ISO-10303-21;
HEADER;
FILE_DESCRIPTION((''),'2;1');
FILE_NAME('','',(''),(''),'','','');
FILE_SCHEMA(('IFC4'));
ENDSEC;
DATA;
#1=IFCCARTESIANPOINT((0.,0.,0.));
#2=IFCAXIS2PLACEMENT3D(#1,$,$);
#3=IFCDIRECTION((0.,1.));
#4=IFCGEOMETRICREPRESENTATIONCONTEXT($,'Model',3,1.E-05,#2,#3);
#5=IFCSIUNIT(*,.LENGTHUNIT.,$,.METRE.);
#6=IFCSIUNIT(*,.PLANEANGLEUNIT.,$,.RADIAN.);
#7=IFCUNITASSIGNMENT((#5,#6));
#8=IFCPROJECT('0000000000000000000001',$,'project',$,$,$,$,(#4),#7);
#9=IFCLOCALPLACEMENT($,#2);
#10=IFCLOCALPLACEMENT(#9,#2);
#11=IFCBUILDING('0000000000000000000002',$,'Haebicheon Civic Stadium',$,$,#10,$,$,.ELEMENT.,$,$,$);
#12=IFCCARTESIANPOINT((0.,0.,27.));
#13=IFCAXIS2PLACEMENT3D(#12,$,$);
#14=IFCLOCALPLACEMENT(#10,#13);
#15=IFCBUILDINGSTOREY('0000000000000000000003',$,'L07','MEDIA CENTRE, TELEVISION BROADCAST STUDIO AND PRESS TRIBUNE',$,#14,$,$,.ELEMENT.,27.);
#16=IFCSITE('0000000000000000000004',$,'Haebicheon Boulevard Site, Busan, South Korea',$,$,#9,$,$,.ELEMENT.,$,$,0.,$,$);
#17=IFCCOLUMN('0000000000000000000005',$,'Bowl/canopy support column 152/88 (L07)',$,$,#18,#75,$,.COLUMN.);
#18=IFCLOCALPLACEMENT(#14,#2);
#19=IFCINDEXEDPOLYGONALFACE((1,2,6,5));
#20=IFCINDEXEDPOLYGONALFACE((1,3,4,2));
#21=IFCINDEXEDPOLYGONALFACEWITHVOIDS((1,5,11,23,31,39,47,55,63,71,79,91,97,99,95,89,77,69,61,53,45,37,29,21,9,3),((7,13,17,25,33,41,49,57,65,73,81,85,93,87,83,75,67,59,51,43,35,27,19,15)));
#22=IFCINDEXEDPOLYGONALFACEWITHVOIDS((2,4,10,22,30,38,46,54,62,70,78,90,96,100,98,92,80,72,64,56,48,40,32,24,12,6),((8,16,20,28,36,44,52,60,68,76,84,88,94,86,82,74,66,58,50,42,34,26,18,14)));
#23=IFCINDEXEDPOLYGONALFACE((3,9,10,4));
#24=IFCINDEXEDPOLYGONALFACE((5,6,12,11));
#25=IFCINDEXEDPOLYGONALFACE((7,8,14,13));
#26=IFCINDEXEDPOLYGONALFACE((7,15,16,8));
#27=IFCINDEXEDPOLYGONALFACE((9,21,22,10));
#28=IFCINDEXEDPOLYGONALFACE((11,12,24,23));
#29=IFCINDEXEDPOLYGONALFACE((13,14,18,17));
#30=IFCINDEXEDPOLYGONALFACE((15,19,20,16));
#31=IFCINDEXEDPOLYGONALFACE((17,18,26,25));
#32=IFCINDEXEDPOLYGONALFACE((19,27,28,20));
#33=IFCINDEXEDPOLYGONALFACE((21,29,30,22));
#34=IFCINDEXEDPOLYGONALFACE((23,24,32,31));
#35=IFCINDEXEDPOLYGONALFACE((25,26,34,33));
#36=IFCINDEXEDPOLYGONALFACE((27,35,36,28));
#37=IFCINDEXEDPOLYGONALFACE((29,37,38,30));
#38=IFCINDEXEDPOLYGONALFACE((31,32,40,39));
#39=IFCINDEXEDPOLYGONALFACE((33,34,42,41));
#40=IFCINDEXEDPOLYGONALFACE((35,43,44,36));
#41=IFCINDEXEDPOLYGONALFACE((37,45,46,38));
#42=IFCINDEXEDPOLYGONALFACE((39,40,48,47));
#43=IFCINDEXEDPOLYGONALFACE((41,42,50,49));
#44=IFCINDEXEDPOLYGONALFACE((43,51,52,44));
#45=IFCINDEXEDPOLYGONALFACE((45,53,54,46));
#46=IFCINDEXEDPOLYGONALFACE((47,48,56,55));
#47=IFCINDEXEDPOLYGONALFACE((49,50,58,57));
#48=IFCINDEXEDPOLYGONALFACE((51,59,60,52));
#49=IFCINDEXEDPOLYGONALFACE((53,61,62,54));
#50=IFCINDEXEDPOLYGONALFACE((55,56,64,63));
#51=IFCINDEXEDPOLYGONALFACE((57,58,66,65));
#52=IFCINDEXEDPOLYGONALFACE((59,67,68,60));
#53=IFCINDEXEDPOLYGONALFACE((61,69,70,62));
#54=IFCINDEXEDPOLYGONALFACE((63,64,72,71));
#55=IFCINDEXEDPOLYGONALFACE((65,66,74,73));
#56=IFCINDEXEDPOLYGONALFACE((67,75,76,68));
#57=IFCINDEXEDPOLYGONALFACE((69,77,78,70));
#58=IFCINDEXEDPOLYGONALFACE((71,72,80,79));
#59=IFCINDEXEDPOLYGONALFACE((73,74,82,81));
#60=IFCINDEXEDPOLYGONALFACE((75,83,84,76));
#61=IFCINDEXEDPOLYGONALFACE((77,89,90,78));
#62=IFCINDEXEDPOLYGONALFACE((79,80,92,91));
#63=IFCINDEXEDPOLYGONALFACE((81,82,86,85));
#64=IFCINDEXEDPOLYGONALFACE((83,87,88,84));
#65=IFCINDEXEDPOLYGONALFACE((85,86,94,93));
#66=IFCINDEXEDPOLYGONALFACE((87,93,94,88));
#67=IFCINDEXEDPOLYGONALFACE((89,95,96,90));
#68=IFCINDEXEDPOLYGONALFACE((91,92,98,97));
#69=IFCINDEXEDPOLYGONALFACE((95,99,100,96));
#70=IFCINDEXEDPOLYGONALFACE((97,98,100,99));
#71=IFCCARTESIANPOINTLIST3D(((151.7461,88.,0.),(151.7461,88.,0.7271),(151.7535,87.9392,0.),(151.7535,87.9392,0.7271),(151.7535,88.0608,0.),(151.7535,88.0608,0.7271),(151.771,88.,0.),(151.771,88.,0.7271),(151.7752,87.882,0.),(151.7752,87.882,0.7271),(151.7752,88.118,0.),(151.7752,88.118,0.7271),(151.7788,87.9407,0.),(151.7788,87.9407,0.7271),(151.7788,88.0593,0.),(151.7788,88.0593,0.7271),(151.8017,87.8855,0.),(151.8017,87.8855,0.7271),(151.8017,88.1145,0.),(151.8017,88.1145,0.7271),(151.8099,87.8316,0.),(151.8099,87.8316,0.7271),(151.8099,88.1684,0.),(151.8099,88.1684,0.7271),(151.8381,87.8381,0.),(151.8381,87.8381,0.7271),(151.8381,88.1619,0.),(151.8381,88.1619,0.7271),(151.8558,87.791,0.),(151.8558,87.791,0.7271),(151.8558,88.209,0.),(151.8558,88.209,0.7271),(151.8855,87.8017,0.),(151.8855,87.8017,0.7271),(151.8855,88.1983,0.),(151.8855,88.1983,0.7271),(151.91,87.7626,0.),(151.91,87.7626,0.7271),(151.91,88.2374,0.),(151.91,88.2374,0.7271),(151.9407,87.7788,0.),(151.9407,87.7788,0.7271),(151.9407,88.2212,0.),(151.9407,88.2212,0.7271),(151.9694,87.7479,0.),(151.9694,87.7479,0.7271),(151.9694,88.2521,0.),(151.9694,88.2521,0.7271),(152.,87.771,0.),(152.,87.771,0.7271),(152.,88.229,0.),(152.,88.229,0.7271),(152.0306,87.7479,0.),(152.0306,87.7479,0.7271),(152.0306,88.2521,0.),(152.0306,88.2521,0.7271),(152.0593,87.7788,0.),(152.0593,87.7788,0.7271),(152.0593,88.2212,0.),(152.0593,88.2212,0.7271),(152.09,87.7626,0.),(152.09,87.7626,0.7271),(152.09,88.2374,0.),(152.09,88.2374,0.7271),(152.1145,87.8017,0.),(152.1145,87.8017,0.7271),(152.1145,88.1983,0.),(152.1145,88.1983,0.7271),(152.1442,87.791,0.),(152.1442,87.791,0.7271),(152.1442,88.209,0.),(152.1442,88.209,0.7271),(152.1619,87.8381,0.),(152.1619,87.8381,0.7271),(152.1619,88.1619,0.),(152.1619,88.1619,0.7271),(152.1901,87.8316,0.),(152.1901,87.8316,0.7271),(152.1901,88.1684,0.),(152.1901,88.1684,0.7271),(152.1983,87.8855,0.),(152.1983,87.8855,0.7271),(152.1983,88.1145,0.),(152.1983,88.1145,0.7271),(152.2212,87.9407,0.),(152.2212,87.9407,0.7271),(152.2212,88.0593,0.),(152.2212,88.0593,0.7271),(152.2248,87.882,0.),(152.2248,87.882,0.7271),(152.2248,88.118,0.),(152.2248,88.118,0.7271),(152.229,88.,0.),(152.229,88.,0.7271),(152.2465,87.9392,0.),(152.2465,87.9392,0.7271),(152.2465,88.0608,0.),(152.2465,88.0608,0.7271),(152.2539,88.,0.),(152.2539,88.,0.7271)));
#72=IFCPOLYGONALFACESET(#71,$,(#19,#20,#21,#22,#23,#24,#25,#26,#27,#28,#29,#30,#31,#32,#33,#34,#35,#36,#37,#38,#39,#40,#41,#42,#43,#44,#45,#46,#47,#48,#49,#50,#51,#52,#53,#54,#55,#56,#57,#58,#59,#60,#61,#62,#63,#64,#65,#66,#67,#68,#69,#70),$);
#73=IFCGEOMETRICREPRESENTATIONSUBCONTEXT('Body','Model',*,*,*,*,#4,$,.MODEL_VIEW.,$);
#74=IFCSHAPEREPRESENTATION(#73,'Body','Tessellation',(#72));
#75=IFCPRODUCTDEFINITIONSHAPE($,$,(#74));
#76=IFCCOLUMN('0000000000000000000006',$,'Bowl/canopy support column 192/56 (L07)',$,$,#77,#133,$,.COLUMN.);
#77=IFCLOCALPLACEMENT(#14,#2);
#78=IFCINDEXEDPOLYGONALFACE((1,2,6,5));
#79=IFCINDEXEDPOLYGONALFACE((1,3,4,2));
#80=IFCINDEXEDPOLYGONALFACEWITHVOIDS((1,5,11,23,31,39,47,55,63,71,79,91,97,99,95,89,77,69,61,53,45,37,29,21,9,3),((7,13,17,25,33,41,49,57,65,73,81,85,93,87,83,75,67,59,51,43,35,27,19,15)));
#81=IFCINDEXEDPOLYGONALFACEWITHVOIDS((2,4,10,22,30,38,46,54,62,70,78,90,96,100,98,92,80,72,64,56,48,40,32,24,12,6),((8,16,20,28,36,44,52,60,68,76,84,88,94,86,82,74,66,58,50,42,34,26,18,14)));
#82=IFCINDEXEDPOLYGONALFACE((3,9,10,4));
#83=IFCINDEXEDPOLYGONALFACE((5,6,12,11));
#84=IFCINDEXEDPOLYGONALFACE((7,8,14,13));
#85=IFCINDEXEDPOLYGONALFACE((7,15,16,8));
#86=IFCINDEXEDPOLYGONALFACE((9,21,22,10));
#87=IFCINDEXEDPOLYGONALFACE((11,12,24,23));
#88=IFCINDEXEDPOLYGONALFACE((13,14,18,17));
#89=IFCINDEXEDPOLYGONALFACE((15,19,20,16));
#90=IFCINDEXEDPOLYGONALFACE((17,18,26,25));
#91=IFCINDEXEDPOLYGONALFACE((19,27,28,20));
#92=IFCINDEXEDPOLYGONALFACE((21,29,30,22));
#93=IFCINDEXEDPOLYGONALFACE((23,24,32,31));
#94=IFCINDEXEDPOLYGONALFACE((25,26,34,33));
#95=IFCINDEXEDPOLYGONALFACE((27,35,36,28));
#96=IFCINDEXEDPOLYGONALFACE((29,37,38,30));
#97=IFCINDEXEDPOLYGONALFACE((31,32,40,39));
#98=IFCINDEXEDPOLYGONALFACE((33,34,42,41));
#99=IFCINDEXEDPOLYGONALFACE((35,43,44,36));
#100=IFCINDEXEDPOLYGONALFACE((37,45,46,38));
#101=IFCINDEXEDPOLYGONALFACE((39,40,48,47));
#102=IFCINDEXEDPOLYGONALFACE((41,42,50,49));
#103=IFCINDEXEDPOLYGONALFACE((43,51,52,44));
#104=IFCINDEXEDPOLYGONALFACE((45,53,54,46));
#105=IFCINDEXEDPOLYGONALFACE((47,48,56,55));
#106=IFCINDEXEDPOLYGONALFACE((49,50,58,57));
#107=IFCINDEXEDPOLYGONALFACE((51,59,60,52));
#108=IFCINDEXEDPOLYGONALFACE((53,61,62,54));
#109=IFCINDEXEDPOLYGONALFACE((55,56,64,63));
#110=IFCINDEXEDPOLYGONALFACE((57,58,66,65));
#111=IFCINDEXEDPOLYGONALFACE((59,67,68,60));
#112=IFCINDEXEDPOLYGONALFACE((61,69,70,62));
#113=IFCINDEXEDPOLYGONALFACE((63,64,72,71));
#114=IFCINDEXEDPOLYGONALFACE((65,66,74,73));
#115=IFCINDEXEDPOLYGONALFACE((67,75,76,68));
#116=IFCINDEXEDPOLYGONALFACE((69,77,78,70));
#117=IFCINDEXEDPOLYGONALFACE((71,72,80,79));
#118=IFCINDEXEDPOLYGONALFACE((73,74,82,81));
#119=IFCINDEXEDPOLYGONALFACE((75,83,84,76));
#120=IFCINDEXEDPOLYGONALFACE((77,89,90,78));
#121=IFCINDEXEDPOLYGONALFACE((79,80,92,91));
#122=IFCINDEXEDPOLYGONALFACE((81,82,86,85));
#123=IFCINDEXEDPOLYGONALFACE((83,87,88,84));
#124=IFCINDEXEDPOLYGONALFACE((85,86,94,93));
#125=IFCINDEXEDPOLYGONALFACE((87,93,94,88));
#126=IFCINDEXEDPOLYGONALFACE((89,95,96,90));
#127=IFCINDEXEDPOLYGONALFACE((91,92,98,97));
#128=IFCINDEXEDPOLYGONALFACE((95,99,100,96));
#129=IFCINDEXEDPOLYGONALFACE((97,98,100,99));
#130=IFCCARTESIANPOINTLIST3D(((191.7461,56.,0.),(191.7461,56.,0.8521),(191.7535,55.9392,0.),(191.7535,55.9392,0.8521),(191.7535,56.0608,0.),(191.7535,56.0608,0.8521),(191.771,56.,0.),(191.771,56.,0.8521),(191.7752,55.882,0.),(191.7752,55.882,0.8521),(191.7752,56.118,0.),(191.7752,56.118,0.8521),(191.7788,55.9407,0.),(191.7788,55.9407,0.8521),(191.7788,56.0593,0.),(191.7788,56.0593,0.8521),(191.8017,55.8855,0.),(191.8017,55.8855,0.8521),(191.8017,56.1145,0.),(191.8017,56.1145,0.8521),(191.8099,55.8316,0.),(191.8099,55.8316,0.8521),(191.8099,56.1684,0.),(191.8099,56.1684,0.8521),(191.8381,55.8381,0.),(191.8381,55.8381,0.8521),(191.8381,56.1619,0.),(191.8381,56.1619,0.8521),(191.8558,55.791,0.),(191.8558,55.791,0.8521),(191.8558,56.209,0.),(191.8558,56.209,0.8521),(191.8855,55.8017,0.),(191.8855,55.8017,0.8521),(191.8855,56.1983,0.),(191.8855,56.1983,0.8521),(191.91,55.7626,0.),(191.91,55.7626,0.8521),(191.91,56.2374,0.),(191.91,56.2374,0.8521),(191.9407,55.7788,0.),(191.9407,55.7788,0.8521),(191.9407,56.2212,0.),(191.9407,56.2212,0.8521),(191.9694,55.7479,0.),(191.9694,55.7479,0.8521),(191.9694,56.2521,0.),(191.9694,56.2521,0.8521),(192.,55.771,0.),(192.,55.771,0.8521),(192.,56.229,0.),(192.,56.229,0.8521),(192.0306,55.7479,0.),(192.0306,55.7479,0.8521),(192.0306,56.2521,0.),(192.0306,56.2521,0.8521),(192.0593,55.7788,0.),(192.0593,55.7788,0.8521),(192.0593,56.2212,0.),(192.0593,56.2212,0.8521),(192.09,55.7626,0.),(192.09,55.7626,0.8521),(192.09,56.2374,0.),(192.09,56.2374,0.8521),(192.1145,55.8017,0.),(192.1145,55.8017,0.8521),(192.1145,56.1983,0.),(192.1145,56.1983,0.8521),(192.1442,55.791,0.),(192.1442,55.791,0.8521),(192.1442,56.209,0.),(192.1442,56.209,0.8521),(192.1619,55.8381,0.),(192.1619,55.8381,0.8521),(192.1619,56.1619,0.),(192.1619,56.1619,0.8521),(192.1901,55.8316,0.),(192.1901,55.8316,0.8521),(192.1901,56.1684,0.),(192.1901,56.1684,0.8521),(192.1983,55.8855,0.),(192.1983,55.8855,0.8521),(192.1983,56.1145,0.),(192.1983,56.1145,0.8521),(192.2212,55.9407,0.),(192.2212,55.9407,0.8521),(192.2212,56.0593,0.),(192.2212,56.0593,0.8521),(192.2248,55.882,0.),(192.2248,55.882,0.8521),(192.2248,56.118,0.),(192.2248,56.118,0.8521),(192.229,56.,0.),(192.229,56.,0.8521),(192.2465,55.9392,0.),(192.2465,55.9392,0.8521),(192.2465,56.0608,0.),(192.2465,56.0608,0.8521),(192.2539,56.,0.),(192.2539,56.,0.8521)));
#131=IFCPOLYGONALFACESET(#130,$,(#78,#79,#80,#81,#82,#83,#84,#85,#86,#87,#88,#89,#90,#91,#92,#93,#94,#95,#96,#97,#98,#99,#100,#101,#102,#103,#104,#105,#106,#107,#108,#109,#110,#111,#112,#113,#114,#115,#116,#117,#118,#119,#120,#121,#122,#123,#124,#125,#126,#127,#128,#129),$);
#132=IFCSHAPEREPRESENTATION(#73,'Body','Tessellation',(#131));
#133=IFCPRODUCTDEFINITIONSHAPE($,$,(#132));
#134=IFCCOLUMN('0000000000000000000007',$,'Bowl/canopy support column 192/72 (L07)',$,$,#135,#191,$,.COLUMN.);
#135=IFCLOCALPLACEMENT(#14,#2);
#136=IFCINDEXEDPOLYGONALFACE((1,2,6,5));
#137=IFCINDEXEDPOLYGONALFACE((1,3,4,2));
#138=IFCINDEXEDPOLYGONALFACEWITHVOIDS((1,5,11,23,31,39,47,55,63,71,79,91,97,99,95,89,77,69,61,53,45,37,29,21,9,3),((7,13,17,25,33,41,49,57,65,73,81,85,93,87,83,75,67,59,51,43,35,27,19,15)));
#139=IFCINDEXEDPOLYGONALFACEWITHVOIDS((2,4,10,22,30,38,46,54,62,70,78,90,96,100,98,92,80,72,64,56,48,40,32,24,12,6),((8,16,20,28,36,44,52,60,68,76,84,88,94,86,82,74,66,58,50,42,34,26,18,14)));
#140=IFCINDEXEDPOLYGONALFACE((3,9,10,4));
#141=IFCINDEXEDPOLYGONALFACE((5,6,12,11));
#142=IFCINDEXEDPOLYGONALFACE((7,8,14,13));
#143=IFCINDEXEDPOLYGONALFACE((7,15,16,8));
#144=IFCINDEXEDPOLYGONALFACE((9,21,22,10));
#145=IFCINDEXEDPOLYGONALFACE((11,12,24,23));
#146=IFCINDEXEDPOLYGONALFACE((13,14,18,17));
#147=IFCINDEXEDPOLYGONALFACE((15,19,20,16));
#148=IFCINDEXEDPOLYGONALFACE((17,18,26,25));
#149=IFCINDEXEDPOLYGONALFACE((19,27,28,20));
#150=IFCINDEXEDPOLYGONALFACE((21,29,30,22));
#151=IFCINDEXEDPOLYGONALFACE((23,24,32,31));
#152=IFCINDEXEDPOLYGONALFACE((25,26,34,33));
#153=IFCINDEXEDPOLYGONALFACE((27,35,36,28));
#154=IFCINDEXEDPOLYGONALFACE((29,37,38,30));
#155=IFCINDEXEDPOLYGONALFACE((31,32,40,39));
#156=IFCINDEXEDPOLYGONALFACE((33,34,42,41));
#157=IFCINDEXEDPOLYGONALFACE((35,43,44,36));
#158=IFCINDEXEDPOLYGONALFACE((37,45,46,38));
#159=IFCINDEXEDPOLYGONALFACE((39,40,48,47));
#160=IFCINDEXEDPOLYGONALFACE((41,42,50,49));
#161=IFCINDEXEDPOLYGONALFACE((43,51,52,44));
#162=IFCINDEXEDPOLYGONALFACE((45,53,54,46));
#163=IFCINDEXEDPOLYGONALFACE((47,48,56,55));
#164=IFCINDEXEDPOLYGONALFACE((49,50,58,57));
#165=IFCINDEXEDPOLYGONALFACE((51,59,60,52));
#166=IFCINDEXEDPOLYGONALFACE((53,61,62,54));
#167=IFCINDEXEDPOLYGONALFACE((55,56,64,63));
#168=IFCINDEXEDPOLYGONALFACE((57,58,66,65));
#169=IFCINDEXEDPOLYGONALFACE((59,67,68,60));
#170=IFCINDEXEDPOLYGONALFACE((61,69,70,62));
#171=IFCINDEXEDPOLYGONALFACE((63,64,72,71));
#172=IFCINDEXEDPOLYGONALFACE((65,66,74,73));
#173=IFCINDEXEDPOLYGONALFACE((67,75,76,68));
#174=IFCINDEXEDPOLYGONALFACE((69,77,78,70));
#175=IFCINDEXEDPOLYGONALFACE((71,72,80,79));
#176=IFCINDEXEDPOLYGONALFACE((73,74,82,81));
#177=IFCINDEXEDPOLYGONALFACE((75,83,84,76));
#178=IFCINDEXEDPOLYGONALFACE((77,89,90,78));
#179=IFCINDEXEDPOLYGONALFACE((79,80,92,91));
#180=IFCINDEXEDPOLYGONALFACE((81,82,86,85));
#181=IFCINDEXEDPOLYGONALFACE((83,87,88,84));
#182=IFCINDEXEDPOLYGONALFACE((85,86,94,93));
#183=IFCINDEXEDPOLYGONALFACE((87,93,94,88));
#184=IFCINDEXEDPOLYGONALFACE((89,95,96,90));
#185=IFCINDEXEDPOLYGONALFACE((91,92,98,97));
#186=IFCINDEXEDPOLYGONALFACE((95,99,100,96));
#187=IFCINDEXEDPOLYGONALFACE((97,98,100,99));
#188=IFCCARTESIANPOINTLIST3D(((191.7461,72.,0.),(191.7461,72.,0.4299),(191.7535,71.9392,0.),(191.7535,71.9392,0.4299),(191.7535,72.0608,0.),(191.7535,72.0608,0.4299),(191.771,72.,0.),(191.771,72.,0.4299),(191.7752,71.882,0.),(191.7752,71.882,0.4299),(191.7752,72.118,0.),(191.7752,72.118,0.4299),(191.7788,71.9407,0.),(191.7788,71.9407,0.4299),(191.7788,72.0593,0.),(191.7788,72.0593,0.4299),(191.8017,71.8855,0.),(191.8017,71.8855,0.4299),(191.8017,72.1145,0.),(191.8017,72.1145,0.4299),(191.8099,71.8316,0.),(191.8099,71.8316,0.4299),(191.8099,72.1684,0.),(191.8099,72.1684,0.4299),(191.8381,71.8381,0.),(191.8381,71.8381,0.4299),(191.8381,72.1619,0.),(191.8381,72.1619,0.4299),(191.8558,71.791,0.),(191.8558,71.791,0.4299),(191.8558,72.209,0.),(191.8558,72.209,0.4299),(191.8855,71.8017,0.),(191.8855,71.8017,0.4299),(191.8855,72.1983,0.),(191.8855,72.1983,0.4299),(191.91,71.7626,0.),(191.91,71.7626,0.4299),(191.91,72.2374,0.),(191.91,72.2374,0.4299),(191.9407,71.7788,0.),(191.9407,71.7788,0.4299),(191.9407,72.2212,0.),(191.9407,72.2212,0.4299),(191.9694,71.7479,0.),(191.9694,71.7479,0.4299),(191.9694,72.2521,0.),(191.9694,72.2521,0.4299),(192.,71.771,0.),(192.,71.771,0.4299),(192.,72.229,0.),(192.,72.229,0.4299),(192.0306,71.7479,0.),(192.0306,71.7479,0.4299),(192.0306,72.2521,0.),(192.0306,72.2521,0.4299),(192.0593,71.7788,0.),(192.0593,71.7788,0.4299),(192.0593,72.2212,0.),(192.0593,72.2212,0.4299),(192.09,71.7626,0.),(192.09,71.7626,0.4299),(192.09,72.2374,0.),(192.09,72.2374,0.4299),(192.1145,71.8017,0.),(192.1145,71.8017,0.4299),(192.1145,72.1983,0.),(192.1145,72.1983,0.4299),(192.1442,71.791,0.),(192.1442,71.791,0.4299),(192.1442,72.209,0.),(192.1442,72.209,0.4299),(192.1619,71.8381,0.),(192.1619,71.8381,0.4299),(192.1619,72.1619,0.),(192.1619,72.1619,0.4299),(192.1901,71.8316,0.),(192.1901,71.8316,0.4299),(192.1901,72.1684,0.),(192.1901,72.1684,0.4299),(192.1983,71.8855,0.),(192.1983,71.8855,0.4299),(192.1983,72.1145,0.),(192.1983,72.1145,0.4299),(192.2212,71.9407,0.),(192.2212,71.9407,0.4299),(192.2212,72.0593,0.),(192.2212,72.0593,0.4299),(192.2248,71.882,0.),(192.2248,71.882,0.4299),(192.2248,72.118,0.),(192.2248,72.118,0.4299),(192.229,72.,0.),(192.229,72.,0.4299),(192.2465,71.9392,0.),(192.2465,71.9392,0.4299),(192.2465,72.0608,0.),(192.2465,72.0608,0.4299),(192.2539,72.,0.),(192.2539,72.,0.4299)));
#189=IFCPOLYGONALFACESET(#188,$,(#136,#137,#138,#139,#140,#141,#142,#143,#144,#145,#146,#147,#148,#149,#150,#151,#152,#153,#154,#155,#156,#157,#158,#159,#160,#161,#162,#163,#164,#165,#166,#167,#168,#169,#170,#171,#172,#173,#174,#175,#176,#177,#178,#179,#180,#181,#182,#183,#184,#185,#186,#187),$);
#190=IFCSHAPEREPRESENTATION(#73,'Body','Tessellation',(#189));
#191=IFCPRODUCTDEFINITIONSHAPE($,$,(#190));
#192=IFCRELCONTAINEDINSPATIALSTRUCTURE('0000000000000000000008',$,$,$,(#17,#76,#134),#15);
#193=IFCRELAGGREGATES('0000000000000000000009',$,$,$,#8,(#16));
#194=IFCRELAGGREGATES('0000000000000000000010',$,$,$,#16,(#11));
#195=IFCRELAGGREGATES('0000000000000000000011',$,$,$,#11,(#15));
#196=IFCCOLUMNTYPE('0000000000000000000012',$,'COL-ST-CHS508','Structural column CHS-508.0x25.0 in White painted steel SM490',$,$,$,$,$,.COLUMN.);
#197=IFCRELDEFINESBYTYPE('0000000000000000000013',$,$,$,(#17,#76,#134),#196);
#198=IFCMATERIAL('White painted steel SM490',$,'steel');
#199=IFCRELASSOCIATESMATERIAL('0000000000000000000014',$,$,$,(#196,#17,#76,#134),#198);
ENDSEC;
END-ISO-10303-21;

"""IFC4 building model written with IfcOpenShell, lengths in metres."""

from ifc_helpers import new_model, si_unit, direction, frame, origin, origin_2d, place, context, subcontext, project, spatial, hollow_circle, extrude, material, material_profile, profile_set, type_object, element, save


model = new_model("IFC4")

# Units and contexts
model_context = context("Model", 3, precision=1e-05, world=origin(), true_north=direction((0.0, 1.0)))
body_context = subcontext(model_context, "Body", "Model", "MODEL_VIEW")
ifc_project = project(units=[si_unit("LENGTHUNIT", "METRE"), si_unit("PLANEANGLEUNIT", "RADIAN")], contexts=[model_context])

# Site, building, storey
site_placement = place(None, origin())
site = spatial("IfcSite", under=ifc_project, at=site_placement, Name="Haebicheon Boulevard Site, Busan, South Korea", CompositionType="ELEMENT", RefElevation=0.0)
building_placement = place(site_placement, origin())
building = spatial("IfcBuilding", under=site, at=building_placement, Name="Haebicheon Civic Stadium", CompositionType="ELEMENT")
storey_placement = place(building_placement, frame((0.0, 0.0, 27.0)))
storey = spatial("IfcBuildingStorey", under=building, at=storey_placement, Name="L07", Description="MEDIA CENTRE, TELEVISION BROADCAST STUDIO AND PRESS TRIBUNE", CompositionType="ELEMENT", Elevation=27.0)

# Columns
ifc_material_1 = material(Name="White painted steel SM490", Category="steel")
ifc_material_profile_1 = material_profile(ifc_material_1, hollow_circle(Radius=0.2539, WallThickness=0.0249, at=origin_2d()), Name="CHS-508.0x25.0")
ifc_profile_set_1 = profile_set([ifc_material_profile_1], Name="White painted steel SM490")
column_type = type_object("IfcColumnType", Name="COL-ST-CHS508", Description="Structural column CHS-508.0x25.0 in White painted steel SM490", PredefinedType="COLUMN", material=ifc_profile_set_1)
column_1_placement = place(storey_placement, frame((152.0, 88.0, 0.0), z_axis=(0.0, 0.0, 1.0), x_axis=(1.0, 0.0, 0.0)))
element("IfcColumn", 1, at=column_1_placement, inside=storey, type_object=column_type, material=ifc_profile_set_1, Name="Bowl/canopy support column 152/88 (L07)", PredefinedType="COLUMN", context=body_context, shape_type="SweptSolid", body=[
    extrude(hollow_circle(Radius=0.2539, WallThickness=0.0249, at=origin_2d()), origin(), (0.0, 0.0, 1.0), 0.7271),
])
column_2_placement = place(storey_placement, frame((192.0, 56.0, 0.0), z_axis=(0.0, 0.0, 1.0), x_axis=(1.0, 0.0, 0.0)))
element("IfcColumn", 2, at=column_2_placement, inside=storey, type_object=column_type, material=ifc_profile_set_1, Name="Bowl/canopy support column 192/56 (L07)", PredefinedType="COLUMN", context=body_context, shape_type="SweptSolid", body=[
    extrude(hollow_circle(Radius=0.2539, WallThickness=0.0249, at=origin_2d()), origin(), (0.0, 0.0, 1.0), 0.8521),
])
column_3_placement = place(storey_placement, frame((192.0, 72.0, 0.0), z_axis=(0.0, 0.0, 1.0), x_axis=(1.0, 0.0, 0.0)))
element("IfcColumn", 3, at=column_3_placement, inside=storey, type_object=column_type, material=ifc_profile_set_1, Name="Bowl/canopy support column 192/72 (L07)", PredefinedType="COLUMN", context=body_context, shape_type="SweptSolid", body=[
    extrude(hollow_circle(Radius=0.2539, WallThickness=0.0249, at=origin_2d()), origin(), (0.0, 0.0, 1.0), 0.4299),
])

save(model, "model.ifc")
